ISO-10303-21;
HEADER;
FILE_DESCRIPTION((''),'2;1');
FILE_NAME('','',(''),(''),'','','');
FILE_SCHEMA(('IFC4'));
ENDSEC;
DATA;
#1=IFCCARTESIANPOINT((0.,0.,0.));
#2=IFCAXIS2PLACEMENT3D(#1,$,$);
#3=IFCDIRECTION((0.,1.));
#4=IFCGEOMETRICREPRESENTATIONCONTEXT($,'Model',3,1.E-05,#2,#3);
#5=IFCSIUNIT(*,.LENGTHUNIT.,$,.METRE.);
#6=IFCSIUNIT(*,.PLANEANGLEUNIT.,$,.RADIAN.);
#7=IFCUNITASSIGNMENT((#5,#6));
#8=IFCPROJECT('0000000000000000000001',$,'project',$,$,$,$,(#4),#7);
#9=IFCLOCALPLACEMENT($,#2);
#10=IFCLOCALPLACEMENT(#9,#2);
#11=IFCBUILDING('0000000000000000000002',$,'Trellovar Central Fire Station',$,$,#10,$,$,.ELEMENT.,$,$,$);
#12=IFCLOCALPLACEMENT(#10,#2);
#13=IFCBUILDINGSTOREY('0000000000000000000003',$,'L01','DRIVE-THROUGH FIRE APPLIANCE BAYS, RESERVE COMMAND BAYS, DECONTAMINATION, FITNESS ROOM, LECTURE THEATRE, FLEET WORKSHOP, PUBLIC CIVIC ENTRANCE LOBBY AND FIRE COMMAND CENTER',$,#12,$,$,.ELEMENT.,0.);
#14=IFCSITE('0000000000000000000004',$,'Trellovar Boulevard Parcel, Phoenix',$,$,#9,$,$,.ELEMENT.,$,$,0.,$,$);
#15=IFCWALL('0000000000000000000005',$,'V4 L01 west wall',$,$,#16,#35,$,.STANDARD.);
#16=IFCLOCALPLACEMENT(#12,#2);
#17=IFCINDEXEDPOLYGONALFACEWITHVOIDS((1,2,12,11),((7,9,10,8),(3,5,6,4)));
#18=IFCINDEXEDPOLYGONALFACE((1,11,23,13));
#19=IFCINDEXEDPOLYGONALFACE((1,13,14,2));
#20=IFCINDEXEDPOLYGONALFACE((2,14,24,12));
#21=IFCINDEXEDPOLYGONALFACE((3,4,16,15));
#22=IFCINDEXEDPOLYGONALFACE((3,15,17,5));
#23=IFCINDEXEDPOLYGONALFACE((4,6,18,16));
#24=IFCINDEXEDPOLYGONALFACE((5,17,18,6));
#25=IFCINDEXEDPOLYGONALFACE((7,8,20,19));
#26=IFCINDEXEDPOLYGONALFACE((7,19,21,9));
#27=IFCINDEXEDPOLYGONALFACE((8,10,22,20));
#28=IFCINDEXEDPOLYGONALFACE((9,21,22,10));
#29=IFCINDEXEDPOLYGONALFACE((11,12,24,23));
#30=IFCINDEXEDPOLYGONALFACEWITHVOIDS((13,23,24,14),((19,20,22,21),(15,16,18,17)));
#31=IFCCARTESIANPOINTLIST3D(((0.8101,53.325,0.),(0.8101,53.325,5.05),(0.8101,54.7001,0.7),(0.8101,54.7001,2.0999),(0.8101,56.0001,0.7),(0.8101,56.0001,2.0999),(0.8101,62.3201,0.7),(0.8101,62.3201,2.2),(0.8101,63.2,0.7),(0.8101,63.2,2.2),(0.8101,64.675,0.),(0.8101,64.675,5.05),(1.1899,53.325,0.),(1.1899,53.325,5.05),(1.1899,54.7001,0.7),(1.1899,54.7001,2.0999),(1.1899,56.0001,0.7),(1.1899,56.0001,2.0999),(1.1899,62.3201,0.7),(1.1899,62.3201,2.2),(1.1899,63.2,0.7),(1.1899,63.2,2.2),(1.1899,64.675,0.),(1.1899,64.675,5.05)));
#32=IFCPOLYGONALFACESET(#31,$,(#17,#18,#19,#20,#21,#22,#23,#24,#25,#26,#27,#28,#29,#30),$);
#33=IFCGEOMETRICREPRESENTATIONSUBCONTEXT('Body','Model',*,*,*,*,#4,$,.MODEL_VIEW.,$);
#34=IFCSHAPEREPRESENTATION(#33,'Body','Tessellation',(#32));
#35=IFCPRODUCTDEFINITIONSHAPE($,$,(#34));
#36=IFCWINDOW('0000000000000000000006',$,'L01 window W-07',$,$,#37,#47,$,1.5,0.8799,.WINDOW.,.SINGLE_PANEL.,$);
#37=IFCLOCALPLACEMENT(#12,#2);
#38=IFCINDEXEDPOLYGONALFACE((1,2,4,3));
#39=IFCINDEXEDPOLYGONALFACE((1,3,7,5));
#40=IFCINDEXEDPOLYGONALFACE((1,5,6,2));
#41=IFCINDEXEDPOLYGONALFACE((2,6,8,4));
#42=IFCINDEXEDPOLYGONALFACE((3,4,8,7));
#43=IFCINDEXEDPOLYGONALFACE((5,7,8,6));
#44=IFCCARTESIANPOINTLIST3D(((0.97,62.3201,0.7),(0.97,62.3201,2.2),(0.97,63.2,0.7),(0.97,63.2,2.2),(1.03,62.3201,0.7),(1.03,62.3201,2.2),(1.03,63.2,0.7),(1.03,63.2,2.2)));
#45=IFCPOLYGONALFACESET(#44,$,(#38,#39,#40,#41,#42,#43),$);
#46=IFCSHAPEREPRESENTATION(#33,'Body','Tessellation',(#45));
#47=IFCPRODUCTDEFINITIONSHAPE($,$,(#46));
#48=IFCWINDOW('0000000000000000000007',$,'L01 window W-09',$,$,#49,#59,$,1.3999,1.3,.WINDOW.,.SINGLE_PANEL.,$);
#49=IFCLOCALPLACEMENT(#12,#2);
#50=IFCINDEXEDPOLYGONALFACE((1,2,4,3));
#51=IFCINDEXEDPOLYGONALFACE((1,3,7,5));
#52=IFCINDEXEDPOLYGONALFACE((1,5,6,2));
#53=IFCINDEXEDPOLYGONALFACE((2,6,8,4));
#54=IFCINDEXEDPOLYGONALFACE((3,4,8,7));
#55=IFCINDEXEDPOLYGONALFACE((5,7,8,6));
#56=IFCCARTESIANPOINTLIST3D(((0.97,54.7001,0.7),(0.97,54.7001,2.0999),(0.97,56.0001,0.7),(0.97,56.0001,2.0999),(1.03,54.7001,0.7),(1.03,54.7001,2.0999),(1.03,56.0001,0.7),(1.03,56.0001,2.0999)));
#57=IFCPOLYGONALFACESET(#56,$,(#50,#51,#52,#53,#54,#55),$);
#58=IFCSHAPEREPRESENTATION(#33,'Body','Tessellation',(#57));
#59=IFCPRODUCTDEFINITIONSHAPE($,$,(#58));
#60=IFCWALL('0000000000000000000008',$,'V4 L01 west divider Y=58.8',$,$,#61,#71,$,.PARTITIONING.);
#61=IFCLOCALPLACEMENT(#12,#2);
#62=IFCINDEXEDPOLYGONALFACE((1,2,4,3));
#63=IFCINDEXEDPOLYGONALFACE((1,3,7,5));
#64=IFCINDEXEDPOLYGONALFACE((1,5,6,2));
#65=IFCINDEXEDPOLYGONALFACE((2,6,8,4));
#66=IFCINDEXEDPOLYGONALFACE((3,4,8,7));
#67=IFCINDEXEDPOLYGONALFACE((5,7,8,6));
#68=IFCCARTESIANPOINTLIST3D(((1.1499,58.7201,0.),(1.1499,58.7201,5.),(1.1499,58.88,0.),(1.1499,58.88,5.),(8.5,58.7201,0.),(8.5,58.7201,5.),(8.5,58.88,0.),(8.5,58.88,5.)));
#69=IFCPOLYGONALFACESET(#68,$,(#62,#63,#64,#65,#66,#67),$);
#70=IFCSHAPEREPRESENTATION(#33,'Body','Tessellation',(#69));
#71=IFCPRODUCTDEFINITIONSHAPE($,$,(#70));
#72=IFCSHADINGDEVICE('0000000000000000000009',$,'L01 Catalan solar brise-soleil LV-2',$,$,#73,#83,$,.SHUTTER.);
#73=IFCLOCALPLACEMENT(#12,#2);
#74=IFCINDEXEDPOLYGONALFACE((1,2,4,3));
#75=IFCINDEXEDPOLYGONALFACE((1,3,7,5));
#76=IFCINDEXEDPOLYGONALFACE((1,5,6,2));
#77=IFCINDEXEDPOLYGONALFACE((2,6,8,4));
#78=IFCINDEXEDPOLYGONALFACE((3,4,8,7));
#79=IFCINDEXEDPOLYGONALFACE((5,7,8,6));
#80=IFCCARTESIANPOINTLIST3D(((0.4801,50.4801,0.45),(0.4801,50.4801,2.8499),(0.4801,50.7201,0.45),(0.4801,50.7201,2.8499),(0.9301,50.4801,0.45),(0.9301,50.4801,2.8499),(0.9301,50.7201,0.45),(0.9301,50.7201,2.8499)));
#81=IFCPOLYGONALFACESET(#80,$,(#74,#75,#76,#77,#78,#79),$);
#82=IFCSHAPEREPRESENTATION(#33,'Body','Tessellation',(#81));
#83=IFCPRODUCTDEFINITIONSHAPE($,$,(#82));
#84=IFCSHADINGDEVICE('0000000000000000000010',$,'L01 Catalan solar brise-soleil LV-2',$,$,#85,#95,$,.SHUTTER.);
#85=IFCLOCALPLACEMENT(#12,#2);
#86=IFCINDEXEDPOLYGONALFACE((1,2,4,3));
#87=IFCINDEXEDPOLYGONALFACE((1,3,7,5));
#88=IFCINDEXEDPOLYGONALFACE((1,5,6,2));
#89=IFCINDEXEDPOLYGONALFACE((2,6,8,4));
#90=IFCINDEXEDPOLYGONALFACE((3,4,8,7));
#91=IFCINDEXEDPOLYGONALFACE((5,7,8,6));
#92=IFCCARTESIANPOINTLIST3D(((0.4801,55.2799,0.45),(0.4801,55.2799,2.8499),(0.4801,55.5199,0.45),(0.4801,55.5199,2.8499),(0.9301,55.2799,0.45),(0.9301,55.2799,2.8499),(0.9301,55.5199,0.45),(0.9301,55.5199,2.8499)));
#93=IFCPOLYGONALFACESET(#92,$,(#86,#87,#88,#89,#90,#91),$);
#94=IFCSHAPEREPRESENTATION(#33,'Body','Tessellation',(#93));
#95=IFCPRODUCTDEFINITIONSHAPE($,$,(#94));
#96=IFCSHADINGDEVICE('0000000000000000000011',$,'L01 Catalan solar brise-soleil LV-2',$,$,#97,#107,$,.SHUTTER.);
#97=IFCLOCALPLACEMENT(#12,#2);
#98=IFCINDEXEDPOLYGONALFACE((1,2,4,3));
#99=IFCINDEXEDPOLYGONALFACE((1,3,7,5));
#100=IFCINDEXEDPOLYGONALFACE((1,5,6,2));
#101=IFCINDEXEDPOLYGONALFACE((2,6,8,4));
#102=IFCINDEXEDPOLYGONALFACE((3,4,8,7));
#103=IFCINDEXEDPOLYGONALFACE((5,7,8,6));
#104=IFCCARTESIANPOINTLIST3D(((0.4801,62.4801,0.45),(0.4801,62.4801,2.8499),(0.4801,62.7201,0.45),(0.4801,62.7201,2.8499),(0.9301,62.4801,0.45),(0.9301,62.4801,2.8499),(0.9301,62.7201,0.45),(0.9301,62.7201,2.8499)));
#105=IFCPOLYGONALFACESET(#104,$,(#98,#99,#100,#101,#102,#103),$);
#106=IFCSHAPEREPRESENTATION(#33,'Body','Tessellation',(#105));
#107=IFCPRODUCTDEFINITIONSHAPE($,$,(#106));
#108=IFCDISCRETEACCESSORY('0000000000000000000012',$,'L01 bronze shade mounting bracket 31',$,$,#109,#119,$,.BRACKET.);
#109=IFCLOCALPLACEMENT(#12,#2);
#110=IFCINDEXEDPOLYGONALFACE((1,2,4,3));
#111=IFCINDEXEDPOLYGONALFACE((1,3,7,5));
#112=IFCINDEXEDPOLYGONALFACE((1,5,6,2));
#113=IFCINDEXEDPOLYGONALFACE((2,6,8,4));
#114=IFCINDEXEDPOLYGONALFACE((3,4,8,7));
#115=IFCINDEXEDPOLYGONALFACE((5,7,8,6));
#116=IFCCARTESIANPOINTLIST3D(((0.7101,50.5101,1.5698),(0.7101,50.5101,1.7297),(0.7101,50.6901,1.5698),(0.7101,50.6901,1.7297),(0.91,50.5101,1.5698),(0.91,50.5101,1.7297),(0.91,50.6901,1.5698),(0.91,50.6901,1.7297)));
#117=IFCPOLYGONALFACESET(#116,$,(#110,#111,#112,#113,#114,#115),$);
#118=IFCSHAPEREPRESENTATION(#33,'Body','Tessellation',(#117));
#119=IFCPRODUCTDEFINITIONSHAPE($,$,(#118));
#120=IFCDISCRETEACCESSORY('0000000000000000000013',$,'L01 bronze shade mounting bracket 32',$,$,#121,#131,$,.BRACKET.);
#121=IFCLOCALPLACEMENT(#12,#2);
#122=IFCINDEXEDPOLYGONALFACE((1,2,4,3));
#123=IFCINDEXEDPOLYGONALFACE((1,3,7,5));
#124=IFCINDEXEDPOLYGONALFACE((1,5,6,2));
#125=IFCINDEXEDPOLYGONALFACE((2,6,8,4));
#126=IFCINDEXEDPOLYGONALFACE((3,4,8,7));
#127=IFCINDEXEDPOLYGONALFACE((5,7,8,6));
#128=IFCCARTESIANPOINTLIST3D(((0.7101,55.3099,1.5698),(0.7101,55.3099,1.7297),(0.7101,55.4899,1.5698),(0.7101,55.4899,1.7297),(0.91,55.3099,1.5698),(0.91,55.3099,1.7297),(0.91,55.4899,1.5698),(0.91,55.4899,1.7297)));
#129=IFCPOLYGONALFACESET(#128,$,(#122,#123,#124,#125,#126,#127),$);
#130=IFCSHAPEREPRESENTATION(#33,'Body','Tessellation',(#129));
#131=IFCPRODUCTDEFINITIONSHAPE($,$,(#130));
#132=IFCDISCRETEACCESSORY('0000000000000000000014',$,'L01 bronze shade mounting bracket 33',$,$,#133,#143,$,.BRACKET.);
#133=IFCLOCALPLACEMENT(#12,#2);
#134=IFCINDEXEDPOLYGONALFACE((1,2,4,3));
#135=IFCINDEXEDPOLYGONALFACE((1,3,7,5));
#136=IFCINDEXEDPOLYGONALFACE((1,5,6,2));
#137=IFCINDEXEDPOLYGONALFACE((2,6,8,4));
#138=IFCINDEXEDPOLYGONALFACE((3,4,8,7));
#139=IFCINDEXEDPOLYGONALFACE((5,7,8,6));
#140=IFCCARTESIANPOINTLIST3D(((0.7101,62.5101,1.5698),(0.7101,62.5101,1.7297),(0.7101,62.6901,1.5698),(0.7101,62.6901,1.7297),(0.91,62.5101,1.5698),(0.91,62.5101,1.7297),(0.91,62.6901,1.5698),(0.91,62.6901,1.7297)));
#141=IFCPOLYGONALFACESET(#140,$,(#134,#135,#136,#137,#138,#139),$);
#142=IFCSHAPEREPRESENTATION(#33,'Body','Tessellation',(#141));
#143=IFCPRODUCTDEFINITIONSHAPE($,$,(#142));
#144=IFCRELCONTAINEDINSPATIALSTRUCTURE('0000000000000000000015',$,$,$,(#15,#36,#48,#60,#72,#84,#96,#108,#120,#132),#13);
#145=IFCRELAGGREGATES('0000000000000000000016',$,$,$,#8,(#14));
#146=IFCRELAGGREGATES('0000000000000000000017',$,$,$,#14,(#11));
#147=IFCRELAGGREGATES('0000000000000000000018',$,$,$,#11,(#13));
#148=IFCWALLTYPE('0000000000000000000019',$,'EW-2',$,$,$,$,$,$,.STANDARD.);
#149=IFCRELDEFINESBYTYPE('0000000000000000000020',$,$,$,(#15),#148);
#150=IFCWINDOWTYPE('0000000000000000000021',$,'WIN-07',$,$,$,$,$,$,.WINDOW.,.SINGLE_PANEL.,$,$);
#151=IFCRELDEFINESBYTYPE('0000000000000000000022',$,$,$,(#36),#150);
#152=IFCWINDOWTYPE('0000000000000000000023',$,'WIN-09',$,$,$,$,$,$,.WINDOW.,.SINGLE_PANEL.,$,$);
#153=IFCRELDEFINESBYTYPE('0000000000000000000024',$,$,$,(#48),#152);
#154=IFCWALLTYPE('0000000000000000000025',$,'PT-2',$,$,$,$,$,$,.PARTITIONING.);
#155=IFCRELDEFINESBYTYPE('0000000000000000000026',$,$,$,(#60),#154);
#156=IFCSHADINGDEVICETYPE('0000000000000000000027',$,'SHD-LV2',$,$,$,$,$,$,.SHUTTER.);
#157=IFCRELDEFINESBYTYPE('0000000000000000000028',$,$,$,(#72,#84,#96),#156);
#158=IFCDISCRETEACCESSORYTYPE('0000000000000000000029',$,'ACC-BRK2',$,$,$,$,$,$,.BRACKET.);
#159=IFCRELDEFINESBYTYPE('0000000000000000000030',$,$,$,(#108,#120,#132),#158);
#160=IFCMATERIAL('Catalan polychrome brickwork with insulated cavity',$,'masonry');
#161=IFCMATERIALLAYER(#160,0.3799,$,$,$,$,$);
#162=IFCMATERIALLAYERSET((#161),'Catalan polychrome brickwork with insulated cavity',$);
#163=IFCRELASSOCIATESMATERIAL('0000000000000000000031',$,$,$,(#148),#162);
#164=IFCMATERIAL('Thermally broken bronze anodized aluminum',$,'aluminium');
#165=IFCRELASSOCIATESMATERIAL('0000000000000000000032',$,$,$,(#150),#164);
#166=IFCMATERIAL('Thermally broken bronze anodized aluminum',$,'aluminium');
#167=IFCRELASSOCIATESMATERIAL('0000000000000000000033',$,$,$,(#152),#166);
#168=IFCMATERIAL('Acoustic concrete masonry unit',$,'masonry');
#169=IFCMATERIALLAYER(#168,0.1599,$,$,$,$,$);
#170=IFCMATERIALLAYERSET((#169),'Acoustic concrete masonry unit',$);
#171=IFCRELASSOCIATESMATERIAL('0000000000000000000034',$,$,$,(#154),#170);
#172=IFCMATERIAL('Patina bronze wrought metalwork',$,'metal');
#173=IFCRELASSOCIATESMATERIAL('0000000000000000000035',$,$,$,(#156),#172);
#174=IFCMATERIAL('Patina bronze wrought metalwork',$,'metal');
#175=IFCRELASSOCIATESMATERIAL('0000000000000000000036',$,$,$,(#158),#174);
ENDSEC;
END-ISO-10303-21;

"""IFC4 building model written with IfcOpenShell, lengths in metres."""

from ifc_helpers import new_model, si_unit, direction, frame, frame_2d, origin, origin_2d, place, context, subcontext, project, spatial, rectangle, extrude, material, layer, layer_set, type_object, element, fill, save


model = new_model("IFC4")

# Units and contexts
model_context = context("Model", 3, precision=1e-05, world=origin(), true_north=direction((0.0, 1.0)))
body_context = subcontext(model_context, "Body", "Model", "MODEL_VIEW")
ifc_project = project(units=[si_unit("LENGTHUNIT", "METRE"), si_unit("PLANEANGLEUNIT", "RADIAN")], contexts=[model_context])

# Site, building, storey
site_placement = place(None, origin())
site = spatial("IfcSite", under=ifc_project, at=site_placement, Name="Trellovar Boulevard Parcel, Phoenix", CompositionType="ELEMENT", RefElevation=0.0)
building_placement = place(site_placement, origin())
building = spatial("IfcBuilding", under=site, at=building_placement, Name="Trellovar Central Fire Station", CompositionType="ELEMENT")
storey_placement = place(building_placement, origin())
storey = spatial("IfcBuildingStorey", under=building, at=storey_placement, Name="L01", Description="DRIVE-THROUGH FIRE APPLIANCE BAYS, RESERVE COMMAND BAYS, DECONTAMINATION, FITNESS ROOM, LECTURE THEATRE, FLEET WORKSHOP, PUBLIC CIVIC ENTRANCE LOBBY AND FIRE COMMAND CENTER", CompositionType="ELEMENT", Elevation=0.0)

# Wall, openings, windows
ifc_material_1 = material(Name="Catalan polychrome brickwork with insulated cavity", Category="masonry")
ifc_layer_1 = layer(ifc_material_1, 0.3799)
ifc_layer_set_1 = layer_set([ifc_layer_1], Name="Catalan polychrome brickwork with insulated cavity")
wall_type_1 = type_object("IfcWallType", Name="EW-2", PredefinedType="STANDARD", material=ifc_layer_set_1)
ifc_material_2 = material(Name="Thermally broken bronze anodized aluminum", Category="aluminium")
window_type_1 = type_object("IfcWindowType", Name="WIN-07", PartitioningType="SINGLE_PANEL", PredefinedType="WINDOW", material=ifc_material_2)
ifc_material_3 = material(Name="Thermally broken bronze anodized aluminum", Category="aluminium")
window_type_2 = type_object("IfcWindowType", Name="WIN-09", PartitioningType="SINGLE_PANEL", PredefinedType="WINDOW", material=ifc_material_3)
wall_1_placement = place(storey_placement, frame((1.0, 64.675, 0.0), z_axis=(0.0, 0.0, 1.0), x_axis=(0.0, -1.0, 0.0)))
wall_1 = element("IfcWall", 1, at=wall_1_placement, inside=storey, type_object=wall_type_1, Name="V4 L01 west wall", PredefinedType="STANDARD", context=body_context, shape_type="SweptSolid", body=[
    extrude(rectangle(XDim=11.3501, YDim=0.3799, at=frame_2d((5.675, 0.0))), origin(), (0.0, 0.0, 1.0), 5.05),
])
opening_1_placement = place(wall_1_placement, frame((1.4751, 0.0, 0.7)))
opening_1 = element("IfcOpeningElement", 2, at=opening_1_placement, cuts=wall_1, PredefinedType="OPENING", context=body_context, shape_type="SweptSolid", body=[
    extrude(rectangle(XDim=0.8799, YDim=1.5, at=frame_2d((0.4399, 0.75))), frame((0.0, 0.2, 0.0), z_axis=(0.0, -1.0, 0.0), x_axis=(1.0, 0.0, 0.0)), (0.0, 0.0, 1.0), 0.3999),
])
opening_2_placement = place(wall_1_placement, frame((8.675, 0.0, 0.7)))
opening_2 = element("IfcOpeningElement", 3, at=opening_2_placement, cuts=wall_1, PredefinedType="OPENING", context=body_context, shape_type="SweptSolid", body=[
    extrude(rectangle(XDim=1.3, YDim=1.3999, at=frame_2d((0.6499, 0.7))), frame((0.0, 0.2, 0.0), z_axis=(0.0, -1.0, 0.0), x_axis=(1.0, 0.0, 0.0)), (0.0, 0.0, 1.0), 0.3999),
])
window_1_placement = place(opening_1_placement, origin())
window_1 = element("IfcWindow", 4, at=window_1_placement, inside=storey, type_object=window_type_1, Name="L01 window W-07", OverallHeight=1.5, OverallWidth=0.8799, PartitioningType="SINGLE_PANEL", PredefinedType="WINDOW", context=body_context, shape_type="SweptSolid", body=[
    extrude(rectangle(XDim=0.8799, YDim=1.5, at=frame_2d((0.4399, 0.75))), frame((0.0, 0.03, 0.0), z_axis=(0.0, -1.0, 0.0), x_axis=(1.0, 0.0, 0.0)), (0.0, 0.0, 1.0), 0.0601),
])
fill(opening_1, window_1)
window_2_placement = place(opening_2_placement, origin())
window_2 = element("IfcWindow", 5, at=window_2_placement, inside=storey, type_object=window_type_2, Name="L01 window W-09", OverallHeight=1.3999, OverallWidth=1.3, PartitioningType="SINGLE_PANEL", PredefinedType="WINDOW", context=body_context, shape_type="SweptSolid", body=[
    extrude(rectangle(XDim=1.3, YDim=1.3999, at=frame_2d((0.6499, 0.7))), frame((0.0, 0.03, 0.0), z_axis=(0.0, -1.0, 0.0), x_axis=(1.0, 0.0, 0.0)), (0.0, 0.0, 1.0), 0.0601),
])
fill(opening_2, window_2)

# Wall
ifc_material_4 = material(Name="Acoustic concrete masonry unit", Category="masonry")
ifc_layer_2 = layer(ifc_material_4, 0.1599)
ifc_layer_set_2 = layer_set([ifc_layer_2], Name="Acoustic concrete masonry unit")
wall_type_2 = type_object("IfcWallType", Name="PT-2", PredefinedType="PARTITIONING", material=ifc_layer_set_2)
wall_2_placement = place(storey_placement, frame((1.1499, 58.8, 0.0), z_axis=(0.0, 0.0, 1.0), x_axis=(1.0, 0.0, 0.0)))
element("IfcWall", 6, at=wall_2_placement, inside=storey, type_object=wall_type_2, Name="V4 L01 west divider Y=58.8", PredefinedType="PARTITIONING", context=body_context, shape_type="SweptSolid", body=[
    extrude(rectangle(XDim=7.3501, YDim=0.1599, at=frame_2d((3.675, 0.0))), origin(), (0.0, 0.0, 1.0), 5.0),
])

# Shading devices
ifc_material_5 = material(Name="Patina bronze wrought metalwork", Category="metal")
shading_device_type = type_object("IfcShadingDeviceType", Name="SHD-LV2", PredefinedType="SHUTTER", material=ifc_material_5)
for number, where, z_axis, x_axis, name in (
    (7, (0.7051, 50.6001, 0.45), (0.0, 0.0, 1.0), (1.0, 0.0, 0.0), "L01 Catalan solar brise-soleil LV-2"),
    (8, (0.7051, 55.3999, 0.45), (0.0, 0.0, 1.0), (1.0, 0.0, 0.0), "L01 Catalan solar brise-soleil LV-2"),
    (9, (0.7051, 62.6001, 0.45), (0.0, 0.0, 1.0), (1.0, 0.0, 0.0), "L01 Catalan solar brise-soleil LV-2"),
):
    element("IfcShadingDevice", number, at=place(storey_placement, frame(where, z_axis=z_axis, x_axis=x_axis)), inside=storey, type_object=shading_device_type, Name=name, PredefinedType="SHUTTER", context=body_context, shape_type="SweptSolid", body=[
        extrude(rectangle(XDim=0.45, YDim=0.24, at=origin_2d()), origin(), (0.0, 0.0, 1.0), 2.3999),
    ])

# Discrete accessories
ifc_material_6 = material(Name="Patina bronze wrought metalwork", Category="metal")
discrete_accessory_type = type_object("IfcDiscreteAccessoryType", Name="ACC-BRK2", PredefinedType="BRACKET", material=ifc_material_6)
for number, where, z_axis, x_axis, name in (
    (10, (0.8101, 50.6001, 1.5698), (0.0, 0.0, 1.0), (1.0, 0.0, 0.0), "L01 bronze shade mounting bracket 31"),
    (11, (0.8101, 55.3999, 1.5698), (0.0, 0.0, 1.0), (1.0, 0.0, 0.0), "L01 bronze shade mounting bracket 32"),
    (12, (0.8101, 62.6001, 1.5698), (0.0, 0.0, 1.0), (1.0, 0.0, 0.0), "L01 bronze shade mounting bracket 33"),
):
    element("IfcDiscreteAccessory", number, at=place(storey_placement, frame(where, z_axis=z_axis, x_axis=x_axis)), inside=storey, type_object=discrete_accessory_type, Name=name, PredefinedType="BRACKET", context=body_context, shape_type="SweptSolid", body=[
        extrude(rectangle(XDim=0.2, YDim=0.1799, at=origin_2d()), origin(), (0.0, 0.0, 1.0), 0.1599),
    ])

save(model, "model.ifc")
